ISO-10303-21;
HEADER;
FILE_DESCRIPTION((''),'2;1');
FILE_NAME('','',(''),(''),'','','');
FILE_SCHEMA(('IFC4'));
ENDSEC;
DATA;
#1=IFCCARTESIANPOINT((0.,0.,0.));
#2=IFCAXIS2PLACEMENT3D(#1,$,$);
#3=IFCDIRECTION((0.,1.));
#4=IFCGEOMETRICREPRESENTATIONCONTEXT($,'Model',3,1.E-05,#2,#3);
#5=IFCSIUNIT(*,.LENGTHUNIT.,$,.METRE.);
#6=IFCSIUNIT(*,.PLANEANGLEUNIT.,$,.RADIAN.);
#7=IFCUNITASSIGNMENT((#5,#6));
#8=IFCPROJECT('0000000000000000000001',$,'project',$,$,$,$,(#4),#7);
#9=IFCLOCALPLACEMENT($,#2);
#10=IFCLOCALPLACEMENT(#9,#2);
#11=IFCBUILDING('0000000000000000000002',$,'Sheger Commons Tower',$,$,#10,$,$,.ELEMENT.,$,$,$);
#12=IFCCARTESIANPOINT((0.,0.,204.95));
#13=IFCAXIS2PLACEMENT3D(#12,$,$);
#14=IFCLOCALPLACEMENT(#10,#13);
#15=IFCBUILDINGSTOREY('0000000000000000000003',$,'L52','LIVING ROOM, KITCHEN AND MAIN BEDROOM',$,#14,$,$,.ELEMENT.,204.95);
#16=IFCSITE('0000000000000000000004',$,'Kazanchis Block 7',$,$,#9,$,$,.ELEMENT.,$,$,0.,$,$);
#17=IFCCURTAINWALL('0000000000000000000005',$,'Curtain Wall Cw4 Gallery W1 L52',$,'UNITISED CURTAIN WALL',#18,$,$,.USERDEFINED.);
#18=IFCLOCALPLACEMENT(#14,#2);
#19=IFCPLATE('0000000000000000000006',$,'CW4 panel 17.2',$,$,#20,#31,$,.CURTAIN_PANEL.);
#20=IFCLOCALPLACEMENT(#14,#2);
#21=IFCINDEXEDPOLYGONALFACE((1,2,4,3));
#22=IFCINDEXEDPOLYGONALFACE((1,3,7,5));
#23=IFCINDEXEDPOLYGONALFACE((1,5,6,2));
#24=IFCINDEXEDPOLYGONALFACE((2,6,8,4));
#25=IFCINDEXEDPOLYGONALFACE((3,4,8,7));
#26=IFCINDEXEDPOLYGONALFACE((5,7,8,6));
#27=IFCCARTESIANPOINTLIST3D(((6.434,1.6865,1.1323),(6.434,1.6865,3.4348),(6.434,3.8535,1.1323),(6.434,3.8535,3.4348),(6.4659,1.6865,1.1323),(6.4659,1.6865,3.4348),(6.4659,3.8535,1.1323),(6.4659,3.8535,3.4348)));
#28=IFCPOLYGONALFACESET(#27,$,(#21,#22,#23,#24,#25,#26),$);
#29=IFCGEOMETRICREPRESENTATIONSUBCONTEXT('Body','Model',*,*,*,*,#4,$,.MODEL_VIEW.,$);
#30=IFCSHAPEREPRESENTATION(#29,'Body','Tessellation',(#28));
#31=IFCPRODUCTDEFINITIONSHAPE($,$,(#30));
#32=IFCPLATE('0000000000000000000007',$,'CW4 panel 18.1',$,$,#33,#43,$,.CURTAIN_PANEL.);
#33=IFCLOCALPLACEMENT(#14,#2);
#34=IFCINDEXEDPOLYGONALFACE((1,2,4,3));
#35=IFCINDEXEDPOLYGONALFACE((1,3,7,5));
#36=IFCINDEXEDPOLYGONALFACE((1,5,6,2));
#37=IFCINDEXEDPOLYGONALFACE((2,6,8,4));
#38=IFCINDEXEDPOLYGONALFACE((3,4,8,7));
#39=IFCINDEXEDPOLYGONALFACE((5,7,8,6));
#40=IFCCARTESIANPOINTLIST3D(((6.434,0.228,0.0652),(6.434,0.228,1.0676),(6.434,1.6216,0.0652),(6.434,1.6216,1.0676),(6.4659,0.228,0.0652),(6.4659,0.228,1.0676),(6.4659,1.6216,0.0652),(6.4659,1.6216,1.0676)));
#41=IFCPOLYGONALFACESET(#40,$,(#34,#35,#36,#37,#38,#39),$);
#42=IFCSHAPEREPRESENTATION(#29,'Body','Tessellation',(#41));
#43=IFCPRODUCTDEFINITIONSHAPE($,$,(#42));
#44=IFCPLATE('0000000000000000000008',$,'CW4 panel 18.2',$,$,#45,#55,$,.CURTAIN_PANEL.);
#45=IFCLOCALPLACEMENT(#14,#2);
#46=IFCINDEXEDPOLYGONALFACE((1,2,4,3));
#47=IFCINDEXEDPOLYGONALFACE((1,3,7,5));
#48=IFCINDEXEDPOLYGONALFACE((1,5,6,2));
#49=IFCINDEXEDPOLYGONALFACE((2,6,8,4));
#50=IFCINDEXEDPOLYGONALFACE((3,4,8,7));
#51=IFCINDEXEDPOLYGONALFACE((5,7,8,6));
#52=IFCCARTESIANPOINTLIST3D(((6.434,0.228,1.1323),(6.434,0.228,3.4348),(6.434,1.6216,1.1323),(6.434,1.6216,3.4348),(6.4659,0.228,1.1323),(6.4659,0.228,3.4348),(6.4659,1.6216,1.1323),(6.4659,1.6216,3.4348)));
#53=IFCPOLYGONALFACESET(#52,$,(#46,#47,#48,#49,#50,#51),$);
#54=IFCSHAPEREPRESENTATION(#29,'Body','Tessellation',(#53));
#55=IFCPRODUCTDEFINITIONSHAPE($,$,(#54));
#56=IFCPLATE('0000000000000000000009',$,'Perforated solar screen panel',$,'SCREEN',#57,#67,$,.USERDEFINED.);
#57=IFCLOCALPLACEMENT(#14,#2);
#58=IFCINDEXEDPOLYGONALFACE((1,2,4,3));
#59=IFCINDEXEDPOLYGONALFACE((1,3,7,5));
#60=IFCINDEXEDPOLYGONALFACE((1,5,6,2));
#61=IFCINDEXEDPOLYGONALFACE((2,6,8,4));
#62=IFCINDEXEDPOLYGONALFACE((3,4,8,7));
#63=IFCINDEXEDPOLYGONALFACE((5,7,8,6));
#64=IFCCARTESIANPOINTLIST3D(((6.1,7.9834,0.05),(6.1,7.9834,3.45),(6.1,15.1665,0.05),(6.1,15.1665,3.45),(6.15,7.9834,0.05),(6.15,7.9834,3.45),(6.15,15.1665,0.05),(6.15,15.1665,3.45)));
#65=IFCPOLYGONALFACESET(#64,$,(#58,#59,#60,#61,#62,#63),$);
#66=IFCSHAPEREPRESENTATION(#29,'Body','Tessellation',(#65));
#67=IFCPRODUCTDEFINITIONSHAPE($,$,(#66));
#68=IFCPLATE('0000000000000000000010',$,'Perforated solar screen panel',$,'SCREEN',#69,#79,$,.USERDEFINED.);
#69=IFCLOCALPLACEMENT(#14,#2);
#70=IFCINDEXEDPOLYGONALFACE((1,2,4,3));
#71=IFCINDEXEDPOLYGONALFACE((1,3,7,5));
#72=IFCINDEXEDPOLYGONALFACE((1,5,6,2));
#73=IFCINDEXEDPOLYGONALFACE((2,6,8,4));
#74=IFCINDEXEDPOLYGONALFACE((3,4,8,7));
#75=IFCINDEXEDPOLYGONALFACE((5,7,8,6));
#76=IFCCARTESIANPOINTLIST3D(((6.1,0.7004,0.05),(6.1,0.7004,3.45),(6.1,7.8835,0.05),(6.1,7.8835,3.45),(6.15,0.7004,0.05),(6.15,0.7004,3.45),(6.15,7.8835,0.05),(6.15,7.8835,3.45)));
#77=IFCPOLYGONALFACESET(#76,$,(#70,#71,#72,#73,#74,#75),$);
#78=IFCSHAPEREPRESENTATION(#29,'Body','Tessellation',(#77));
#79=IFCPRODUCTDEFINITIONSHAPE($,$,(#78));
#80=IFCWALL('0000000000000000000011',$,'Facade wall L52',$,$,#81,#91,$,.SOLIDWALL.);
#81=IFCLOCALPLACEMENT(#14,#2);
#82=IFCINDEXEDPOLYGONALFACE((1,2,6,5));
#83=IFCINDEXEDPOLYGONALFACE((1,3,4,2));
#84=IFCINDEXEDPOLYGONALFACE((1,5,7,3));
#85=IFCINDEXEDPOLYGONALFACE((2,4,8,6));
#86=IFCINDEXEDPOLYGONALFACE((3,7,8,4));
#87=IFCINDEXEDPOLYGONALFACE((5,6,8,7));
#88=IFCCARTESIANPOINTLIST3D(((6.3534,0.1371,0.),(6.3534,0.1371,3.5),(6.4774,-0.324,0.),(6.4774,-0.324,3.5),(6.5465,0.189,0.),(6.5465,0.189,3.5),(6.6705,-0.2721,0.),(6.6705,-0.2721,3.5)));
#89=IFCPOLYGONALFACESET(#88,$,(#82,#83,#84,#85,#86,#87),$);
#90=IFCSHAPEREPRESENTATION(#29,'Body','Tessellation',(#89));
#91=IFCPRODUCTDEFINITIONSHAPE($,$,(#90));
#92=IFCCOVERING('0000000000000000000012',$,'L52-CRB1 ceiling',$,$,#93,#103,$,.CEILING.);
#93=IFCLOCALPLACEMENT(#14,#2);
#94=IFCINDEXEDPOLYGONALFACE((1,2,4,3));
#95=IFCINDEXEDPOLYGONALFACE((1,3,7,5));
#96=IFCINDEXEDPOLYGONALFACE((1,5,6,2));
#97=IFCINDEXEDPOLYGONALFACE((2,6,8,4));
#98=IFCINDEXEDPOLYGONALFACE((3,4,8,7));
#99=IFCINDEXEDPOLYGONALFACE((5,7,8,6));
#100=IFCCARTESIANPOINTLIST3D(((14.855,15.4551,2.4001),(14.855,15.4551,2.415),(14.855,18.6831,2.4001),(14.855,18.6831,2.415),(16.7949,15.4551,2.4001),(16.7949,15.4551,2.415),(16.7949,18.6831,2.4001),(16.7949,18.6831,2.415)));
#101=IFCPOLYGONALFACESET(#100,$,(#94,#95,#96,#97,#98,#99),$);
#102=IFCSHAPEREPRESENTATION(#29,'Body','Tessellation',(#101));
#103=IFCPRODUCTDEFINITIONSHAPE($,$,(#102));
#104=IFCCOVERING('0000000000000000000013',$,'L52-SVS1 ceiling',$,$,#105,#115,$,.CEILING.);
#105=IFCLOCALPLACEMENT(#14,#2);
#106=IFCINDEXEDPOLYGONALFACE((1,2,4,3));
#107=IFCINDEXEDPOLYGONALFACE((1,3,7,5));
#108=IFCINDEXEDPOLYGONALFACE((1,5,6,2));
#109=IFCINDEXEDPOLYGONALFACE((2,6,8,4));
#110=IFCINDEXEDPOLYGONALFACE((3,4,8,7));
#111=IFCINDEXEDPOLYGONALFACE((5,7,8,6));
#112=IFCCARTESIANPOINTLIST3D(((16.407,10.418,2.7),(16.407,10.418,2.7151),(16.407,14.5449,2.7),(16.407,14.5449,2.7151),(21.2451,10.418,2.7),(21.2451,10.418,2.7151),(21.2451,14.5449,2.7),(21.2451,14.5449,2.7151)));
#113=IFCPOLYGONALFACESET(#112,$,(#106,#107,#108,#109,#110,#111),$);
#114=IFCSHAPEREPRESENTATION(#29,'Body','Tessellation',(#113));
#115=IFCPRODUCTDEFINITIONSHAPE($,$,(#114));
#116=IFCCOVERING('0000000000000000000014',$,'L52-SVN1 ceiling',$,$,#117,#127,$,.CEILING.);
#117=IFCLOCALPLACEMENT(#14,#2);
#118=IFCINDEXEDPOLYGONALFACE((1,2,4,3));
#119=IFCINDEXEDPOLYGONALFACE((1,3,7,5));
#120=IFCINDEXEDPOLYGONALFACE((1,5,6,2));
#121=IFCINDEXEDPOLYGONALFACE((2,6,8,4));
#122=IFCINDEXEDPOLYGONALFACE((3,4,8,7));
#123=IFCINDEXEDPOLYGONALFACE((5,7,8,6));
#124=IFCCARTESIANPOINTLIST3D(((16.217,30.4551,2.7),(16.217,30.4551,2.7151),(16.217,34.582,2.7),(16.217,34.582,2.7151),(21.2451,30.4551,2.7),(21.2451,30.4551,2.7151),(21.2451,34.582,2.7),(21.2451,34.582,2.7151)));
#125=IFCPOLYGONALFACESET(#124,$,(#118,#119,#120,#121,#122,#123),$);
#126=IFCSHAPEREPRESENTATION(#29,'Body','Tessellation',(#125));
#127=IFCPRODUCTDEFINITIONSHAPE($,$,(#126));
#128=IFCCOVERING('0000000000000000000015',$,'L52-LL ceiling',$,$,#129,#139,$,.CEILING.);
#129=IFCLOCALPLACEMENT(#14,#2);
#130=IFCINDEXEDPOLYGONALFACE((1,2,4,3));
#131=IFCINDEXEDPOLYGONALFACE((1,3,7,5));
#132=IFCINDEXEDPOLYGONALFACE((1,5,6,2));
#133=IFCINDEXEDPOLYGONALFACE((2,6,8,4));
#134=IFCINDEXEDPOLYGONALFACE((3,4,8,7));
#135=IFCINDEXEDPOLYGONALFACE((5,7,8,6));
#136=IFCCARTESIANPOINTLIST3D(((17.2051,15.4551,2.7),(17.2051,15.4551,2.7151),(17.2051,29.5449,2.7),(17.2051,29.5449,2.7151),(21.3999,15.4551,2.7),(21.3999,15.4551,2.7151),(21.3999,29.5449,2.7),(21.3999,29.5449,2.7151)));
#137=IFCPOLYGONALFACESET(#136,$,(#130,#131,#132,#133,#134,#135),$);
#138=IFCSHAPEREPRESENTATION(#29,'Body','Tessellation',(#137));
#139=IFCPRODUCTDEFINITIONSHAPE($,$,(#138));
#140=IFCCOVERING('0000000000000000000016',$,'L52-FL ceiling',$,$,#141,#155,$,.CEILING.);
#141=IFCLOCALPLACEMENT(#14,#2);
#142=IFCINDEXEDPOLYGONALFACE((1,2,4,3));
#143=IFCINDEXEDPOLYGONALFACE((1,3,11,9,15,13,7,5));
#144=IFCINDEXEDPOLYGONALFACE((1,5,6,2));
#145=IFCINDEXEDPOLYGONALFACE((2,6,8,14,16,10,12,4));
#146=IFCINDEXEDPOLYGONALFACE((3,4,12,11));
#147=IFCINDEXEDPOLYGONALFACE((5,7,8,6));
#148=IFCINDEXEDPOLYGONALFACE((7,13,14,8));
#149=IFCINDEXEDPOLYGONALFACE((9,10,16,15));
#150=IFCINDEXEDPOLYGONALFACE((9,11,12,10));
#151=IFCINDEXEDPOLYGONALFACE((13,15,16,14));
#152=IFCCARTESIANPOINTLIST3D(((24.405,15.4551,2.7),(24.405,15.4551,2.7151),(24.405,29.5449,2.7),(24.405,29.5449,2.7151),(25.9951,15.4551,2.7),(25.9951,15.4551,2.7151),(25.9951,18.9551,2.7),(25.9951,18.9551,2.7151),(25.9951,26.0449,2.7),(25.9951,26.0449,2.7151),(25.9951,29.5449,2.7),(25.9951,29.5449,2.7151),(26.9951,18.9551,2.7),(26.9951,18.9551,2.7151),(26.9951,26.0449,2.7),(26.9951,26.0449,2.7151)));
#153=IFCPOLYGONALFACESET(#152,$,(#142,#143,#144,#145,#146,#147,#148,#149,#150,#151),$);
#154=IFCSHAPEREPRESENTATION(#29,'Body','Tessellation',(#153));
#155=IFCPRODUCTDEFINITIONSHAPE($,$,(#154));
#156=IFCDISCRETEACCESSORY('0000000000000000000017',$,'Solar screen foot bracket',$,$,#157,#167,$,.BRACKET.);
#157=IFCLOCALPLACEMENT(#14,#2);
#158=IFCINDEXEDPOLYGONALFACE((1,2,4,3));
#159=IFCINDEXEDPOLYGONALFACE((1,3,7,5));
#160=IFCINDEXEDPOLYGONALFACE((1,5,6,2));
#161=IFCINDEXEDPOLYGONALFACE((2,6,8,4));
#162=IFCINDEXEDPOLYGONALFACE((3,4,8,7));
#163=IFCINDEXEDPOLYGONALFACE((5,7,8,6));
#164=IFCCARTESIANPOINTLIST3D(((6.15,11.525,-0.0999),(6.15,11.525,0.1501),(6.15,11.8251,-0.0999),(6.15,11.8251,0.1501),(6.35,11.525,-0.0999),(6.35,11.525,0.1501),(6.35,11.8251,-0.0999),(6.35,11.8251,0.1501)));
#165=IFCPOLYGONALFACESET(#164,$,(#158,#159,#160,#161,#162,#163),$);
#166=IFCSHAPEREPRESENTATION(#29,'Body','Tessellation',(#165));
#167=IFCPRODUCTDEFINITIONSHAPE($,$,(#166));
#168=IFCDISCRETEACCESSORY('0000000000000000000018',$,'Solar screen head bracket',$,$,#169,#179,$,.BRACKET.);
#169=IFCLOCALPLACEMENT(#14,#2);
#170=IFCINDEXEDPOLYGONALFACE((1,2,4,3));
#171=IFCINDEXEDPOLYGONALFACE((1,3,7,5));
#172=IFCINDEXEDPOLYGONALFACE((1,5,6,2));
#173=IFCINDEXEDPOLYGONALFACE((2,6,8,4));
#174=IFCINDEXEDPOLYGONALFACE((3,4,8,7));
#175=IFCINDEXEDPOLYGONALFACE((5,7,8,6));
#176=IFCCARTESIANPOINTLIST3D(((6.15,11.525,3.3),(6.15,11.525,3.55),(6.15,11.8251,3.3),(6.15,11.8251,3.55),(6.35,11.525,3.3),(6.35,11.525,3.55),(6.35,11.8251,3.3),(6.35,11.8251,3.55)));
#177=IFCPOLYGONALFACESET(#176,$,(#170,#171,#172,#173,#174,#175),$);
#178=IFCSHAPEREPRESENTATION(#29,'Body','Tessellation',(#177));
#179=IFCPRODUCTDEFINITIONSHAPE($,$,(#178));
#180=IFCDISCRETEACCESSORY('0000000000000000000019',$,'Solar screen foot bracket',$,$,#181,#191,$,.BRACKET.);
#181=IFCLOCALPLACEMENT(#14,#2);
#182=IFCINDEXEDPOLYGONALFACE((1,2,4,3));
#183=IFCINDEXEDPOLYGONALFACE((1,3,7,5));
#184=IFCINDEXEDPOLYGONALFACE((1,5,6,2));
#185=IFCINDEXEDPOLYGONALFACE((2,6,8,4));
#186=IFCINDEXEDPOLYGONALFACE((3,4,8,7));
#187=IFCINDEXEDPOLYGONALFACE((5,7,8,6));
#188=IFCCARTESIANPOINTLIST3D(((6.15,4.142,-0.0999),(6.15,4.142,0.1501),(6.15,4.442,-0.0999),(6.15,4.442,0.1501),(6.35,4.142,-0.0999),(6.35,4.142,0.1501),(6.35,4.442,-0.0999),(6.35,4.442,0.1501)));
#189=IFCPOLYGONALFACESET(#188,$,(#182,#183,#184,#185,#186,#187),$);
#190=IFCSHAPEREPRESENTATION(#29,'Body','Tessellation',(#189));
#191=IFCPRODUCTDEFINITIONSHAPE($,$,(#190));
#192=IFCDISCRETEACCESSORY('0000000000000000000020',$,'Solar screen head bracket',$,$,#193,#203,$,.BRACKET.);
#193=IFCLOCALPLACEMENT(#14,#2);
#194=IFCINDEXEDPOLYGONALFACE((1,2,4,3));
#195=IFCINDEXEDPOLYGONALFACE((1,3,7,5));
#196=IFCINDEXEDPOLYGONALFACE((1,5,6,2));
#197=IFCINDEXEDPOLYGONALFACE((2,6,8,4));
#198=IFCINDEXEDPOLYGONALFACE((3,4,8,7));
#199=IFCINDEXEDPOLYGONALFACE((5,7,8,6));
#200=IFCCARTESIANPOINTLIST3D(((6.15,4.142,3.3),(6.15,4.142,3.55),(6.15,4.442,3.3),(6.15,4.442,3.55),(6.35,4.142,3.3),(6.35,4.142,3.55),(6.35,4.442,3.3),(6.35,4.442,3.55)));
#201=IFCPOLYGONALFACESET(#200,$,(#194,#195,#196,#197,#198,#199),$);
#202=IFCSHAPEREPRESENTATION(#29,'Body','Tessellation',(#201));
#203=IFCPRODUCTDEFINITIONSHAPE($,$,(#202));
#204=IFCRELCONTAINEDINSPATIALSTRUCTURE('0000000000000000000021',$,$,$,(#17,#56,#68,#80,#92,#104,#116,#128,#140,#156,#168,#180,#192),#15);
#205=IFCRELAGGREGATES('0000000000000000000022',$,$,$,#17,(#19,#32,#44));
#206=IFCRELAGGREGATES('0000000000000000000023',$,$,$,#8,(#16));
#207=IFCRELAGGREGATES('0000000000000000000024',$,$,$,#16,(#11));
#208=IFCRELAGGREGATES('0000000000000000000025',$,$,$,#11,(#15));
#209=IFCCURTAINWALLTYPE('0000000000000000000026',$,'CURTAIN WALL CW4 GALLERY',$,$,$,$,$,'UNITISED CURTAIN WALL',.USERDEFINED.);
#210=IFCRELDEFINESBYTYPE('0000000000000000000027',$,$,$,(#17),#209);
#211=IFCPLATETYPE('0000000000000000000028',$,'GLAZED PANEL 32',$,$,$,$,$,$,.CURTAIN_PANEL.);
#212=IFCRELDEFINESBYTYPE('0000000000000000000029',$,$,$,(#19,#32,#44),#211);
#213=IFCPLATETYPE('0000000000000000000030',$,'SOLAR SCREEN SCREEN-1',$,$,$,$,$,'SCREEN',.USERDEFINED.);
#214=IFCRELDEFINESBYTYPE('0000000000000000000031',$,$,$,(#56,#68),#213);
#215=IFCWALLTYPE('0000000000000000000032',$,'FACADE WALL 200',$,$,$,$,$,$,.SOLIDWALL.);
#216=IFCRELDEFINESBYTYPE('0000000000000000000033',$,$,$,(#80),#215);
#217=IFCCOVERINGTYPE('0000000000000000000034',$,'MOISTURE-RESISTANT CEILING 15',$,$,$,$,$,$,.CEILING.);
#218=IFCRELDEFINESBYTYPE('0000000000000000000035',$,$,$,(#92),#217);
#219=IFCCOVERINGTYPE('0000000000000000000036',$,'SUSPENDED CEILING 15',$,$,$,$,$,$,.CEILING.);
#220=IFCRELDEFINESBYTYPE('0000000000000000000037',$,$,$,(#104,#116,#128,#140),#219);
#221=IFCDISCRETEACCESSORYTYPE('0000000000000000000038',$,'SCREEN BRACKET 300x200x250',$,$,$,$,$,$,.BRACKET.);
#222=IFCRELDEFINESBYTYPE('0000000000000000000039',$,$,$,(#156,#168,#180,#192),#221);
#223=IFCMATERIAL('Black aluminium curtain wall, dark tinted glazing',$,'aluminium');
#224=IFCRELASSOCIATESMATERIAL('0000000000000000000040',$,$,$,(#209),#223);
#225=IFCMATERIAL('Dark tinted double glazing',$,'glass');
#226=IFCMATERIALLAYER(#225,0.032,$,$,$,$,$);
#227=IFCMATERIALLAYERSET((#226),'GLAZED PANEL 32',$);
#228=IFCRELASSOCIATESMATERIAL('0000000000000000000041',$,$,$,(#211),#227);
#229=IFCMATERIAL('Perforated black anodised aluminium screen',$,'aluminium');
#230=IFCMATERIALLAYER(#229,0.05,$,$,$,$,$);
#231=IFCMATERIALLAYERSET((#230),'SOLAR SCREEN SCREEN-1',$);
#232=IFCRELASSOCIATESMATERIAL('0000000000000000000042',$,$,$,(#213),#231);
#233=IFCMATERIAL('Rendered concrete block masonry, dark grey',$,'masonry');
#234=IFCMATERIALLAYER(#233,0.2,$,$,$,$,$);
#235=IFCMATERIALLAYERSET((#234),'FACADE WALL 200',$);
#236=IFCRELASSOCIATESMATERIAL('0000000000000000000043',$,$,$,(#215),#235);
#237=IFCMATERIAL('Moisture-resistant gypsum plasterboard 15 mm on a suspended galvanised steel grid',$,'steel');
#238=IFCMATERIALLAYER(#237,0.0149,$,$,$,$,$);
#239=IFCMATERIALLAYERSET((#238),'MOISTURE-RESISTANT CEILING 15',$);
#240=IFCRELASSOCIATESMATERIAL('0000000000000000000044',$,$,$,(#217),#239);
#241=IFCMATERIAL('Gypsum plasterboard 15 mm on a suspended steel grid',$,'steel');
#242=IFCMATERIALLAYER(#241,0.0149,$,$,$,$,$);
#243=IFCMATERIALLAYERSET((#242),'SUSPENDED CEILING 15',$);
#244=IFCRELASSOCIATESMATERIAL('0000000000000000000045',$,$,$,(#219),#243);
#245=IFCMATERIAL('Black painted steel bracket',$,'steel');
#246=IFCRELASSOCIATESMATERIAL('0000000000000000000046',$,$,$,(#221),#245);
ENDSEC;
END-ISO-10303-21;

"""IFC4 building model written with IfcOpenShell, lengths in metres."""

from ifc_helpers import new_model, si_unit, direction, frame, frame_2d, origin, origin_2d, place, context, subcontext, project, spatial, polyline, rectangle, outline, extrude, material, layer, layer_set, type_object, element, aggregate, save


model = new_model("IFC4")

# Units and contexts
model_context = context("Model", 3, precision=1e-05, world=origin(), true_north=direction((0.0, 1.0)))
body_context = subcontext(model_context, "Body", "Model", "MODEL_VIEW")
ifc_project = project(units=[si_unit("LENGTHUNIT", "METRE"), si_unit("PLANEANGLEUNIT", "RADIAN")], contexts=[model_context])

# Site, building, storey
site_placement = place(None, origin())
site = spatial("IfcSite", under=ifc_project, at=site_placement, Name="Kazanchis Block 7", CompositionType="ELEMENT", RefElevation=0.0)
building_placement = place(site_placement, origin())
building = spatial("IfcBuilding", under=site, at=building_placement, Name="Sheger Commons Tower", CompositionType="ELEMENT")
storey_placement = place(building_placement, frame((0.0, 0.0, 204.95)))
storey = spatial("IfcBuildingStorey", under=building, at=storey_placement, Name="L52", Description="LIVING ROOM, KITCHEN AND MAIN BEDROOM", CompositionType="ELEMENT", Elevation=204.95)

# Curtain wall, plates
ifc_material_1 = material(Name="Black aluminium curtain wall, dark tinted glazing", Category="aluminium")
curtain_wall_type = type_object("IfcCurtainWallType", Name="CURTAIN WALL CW4 GALLERY", ElementType="UNITISED CURTAIN WALL", PredefinedType="USERDEFINED", material=ifc_material_1)
curtain_wall_placement = place(storey_placement, origin())
curtain_wall = element("IfcCurtainWall", 1, at=curtain_wall_placement, inside=storey, type_object=curtain_wall_type, Name="Curtain Wall Cw4 Gallery W1 L52", ObjectType="UNITISED CURTAIN WALL", PredefinedType="USERDEFINED")
ifc_material_2 = material(Name="Dark tinted double glazing", Category="glass")
ifc_layer_1 = layer(ifc_material_2, 0.032)
ifc_layer_set_1 = layer_set([ifc_layer_1], Name="GLAZED PANEL 32")
plate_type_1 = type_object("IfcPlateType", Name="GLAZED PANEL 32", PredefinedType="CURTAIN_PANEL", material=ifc_layer_set_1)
plate_1_placement = place(storey_placement, frame((6.45, 2.77, 1.1323), z_axis=(0.0, 0.0, 1.0), x_axis=(0.0, -1.0, 0.0)))
plate_1 = element("IfcPlate", 2, at=plate_1_placement, type_object=plate_type_1, Name="CW4 panel 17.2", PredefinedType="CURTAIN_PANEL", context=body_context, shape_type="SweptSolid", body=[
    extrude(rectangle(XDim=2.167, YDim=0.032, at=origin_2d()), origin(), (0.0, 0.0, 1.0), 2.3025),
])
plate_2_placement = place(storey_placement, frame((6.45, 0.9248, 0.0652), z_axis=(0.0, 0.0, 1.0), x_axis=(0.0, -1.0, 0.0)))
plate_2 = element("IfcPlate", 3, at=plate_2_placement, type_object=plate_type_1, Name="CW4 panel 18.1", PredefinedType="CURTAIN_PANEL", context=body_context, shape_type="SweptSolid", body=[
    extrude(rectangle(XDim=1.3936, YDim=0.032, at=origin_2d()), origin(), (0.0, 0.0, 1.0), 1.0024),
])
plate_3_placement = place(storey_placement, frame((6.45, 0.9248, 1.1323), z_axis=(0.0, 0.0, 1.0), x_axis=(0.0, -1.0, 0.0)))
plate_3 = element("IfcPlate", 4, at=plate_3_placement, type_object=plate_type_1, Name="CW4 panel 18.2", PredefinedType="CURTAIN_PANEL", context=body_context, shape_type="SweptSolid", body=[
    extrude(rectangle(XDim=1.3936, YDim=0.032, at=origin_2d()), origin(), (0.0, 0.0, 1.0), 2.3025),
])
aggregate(curtain_wall, [plate_1, plate_2, plate_3])

# Plates
ifc_material_3 = material(Name="Perforated black anodised aluminium screen", Category="aluminium")
ifc_layer_2 = layer(ifc_material_3, 0.05)
ifc_layer_set_2 = layer_set([ifc_layer_2], Name="SOLAR SCREEN SCREEN-1")
plate_type_2 = type_object("IfcPlateType", Name="SOLAR SCREEN SCREEN-1", ElementType="SCREEN", PredefinedType="USERDEFINED", material=ifc_layer_set_2)
for number, where, z_axis, x_axis, name in (
    (5, (6.125, 11.575, 0.05), (0.0, 0.0, 1.0), (0.0, -1.0, 0.0), "Perforated solar screen panel"),
    (6, (6.125, 4.292, 0.05), (0.0, 0.0, 1.0), (0.0, -1.0, 0.0), "Perforated solar screen panel"),
):
    element("IfcPlate", number, at=place(storey_placement, frame(where, z_axis=z_axis, x_axis=x_axis)), inside=storey, type_object=plate_type_2, Name=name, ObjectType="SCREEN", PredefinedType="USERDEFINED", context=body_context, shape_type="SweptSolid", body=[
        extrude(rectangle(XDim=7.1831, YDim=0.05, at=origin_2d()), origin(), (0.0, 0.0, 1.0), 3.3999),
    ])

# Wall
ifc_material_4 = material(Name="Rendered concrete block masonry, dark grey", Category="masonry")
ifc_layer_3 = layer(ifc_material_4, 0.2)
ifc_layer_set_3 = layer_set([ifc_layer_3], Name="FACADE WALL 200")
wall_type = type_object("IfcWallType", Name="FACADE WALL 200", PredefinedType="SOLIDWALL", material=ifc_layer_set_3)
wall_placement = place(storey_placement, frame((6.45, 0.1631, 0.0), z_axis=(0.0, 0.0, 1.0), x_axis=(0.259698, -0.96569, 0.0)))
element("IfcWall", 7, at=wall_placement, inside=storey, type_object=wall_type, Name="Facade wall L52", PredefinedType="SOLIDWALL", context=body_context, shape_type="SweptSolid", body=[
    extrude(rectangle(XDim=0.4775, YDim=0.2, at=frame_2d((0.2388, 0.0))), origin(), (0.0, 0.0, 1.0), 3.5),
])

# Coverings
ifc_material_5 = material(Name="Moisture-resistant gypsum plasterboard 15 mm on a suspended galvanised steel grid", Category="steel")
ifc_layer_4 = layer(ifc_material_5, 0.0149)
ifc_layer_set_4 = layer_set([ifc_layer_4], Name="MOISTURE-RESISTANT CEILING 15")
covering_type_1 = type_object("IfcCoveringType", Name="MOISTURE-RESISTANT CEILING 15", PredefinedType="CEILING", material=ifc_layer_set_4)
covering_1_placement = place(storey_placement, frame((0.0, 0.0, 2.4001)))
element("IfcCovering", 8, at=covering_1_placement, inside=storey, type_object=covering_type_1, Name="L52-CRB1 ceiling", PredefinedType="CEILING", context=body_context, shape_type="SweptSolid", body=[
    extrude(outline(polyline([(14.855, 15.4551), (16.7949, 15.4551), (16.7949, 18.6831), (14.855, 18.6831), (14.855, 15.4551)])), origin(), (0.0, 0.0, 1.0), 0.0149),
])
ifc_material_6 = material(Name="Gypsum plasterboard 15 mm on a suspended steel grid", Category="steel")
ifc_layer_5 = layer(ifc_material_6, 0.0149)
ifc_layer_set_5 = layer_set([ifc_layer_5], Name="SUSPENDED CEILING 15")
covering_type_2 = type_object("IfcCoveringType", Name="SUSPENDED CEILING 15", PredefinedType="CEILING", material=ifc_layer_set_5)
covering_2_placement = place(storey_placement, frame((0.0, 0.0, 2.7)))
element("IfcCovering", 9, at=covering_2_placement, inside=storey, type_object=covering_type_2, Name="L52-SVS1 ceiling", PredefinedType="CEILING", context=body_context, shape_type="SweptSolid", body=[
    extrude(outline(polyline([(16.407, 10.418), (21.2451, 10.418), (21.2451, 14.5449), (16.407, 14.5449), (16.407, 10.418)])), origin(), (0.0, 0.0, 1.0), 0.0151),
])
covering_3_placement = place(storey_placement, frame((0.0, 0.0, 2.7)))
element("IfcCovering", 10, at=covering_3_placement, inside=storey, type_object=covering_type_2, Name="L52-SVN1 ceiling", PredefinedType="CEILING", context=body_context, shape_type="SweptSolid", body=[
    extrude(outline(polyline([(16.217, 30.4551), (21.2451, 30.4551), (21.2451, 34.582), (16.217, 34.582), (16.217, 30.4551)])), origin(), (0.0, 0.0, 1.0), 0.0151),
])
covering_4_placement = place(storey_placement, frame((0.0, 0.0, 2.7)))
element("IfcCovering", 11, at=covering_4_placement, inside=storey, type_object=covering_type_2, Name="L52-LL ceiling", PredefinedType="CEILING", context=body_context, shape_type="SweptSolid", body=[
    extrude(outline(polyline([(17.2051, 15.4551), (21.3999, 15.4551), (21.3999, 29.5449), (17.2051, 29.5449), (17.2051, 15.4551)])), origin(), (0.0, 0.0, 1.0), 0.0151),
])
covering_5_placement = place(storey_placement, frame((0.0, 0.0, 2.7)))
element("IfcCovering", 12, at=covering_5_placement, inside=storey, type_object=covering_type_2, Name="L52-FL ceiling", PredefinedType="CEILING", context=body_context, shape_type="SweptSolid", body=[
    extrude(outline(polyline([(24.405, 15.4551), (25.9951, 15.4551), (25.9951, 18.9551), (26.9951, 18.9551), (26.9951, 26.0449), (25.9951, 26.0449), (25.9951, 29.5449), (24.405, 29.5449), (24.405, 15.4551)])), origin(), (0.0, 0.0, 1.0), 0.0151),
])

# Discrete accessories
ifc_material_7 = material(Name="Black painted steel bracket", Category="steel")
discrete_accessory_type = type_object("IfcDiscreteAccessoryType", Name="SCREEN BRACKET 300x200x250", PredefinedType="BRACKET", material=ifc_material_7)
for number, where, z_axis, x_axis, name in (
    (13, (6.25, 11.675, -0.0999), (0.0, 0.0, 1.0), (0.0, -1.0, 0.0), "Solar screen foot bracket"),
    (14, (6.25, 11.675, 3.3), (0.0, 0.0, 1.0), (0.0, -1.0, 0.0), "Solar screen head bracket"),
    (15, (6.25, 4.292, -0.0999), (0.0, 0.0, 1.0), (0.0, -1.0, 0.0), "Solar screen foot bracket"),
    (16, (6.25, 4.292, 3.3), (0.0, 0.0, 1.0), (0.0, -1.0, 0.0), "Solar screen head bracket"),
):
    element("IfcDiscreteAccessory", number, at=place(storey_placement, frame(where, z_axis=z_axis, x_axis=x_axis)), inside=storey, type_object=discrete_accessory_type, Name=name, PredefinedType="BRACKET", context=body_context, shape_type="SweptSolid", body=[
        extrude(rectangle(XDim=0.3, YDim=0.2, at=origin_2d()), origin(), (0.0, 0.0, 1.0), 0.25),
    ])

save(model, "model.ifc")
